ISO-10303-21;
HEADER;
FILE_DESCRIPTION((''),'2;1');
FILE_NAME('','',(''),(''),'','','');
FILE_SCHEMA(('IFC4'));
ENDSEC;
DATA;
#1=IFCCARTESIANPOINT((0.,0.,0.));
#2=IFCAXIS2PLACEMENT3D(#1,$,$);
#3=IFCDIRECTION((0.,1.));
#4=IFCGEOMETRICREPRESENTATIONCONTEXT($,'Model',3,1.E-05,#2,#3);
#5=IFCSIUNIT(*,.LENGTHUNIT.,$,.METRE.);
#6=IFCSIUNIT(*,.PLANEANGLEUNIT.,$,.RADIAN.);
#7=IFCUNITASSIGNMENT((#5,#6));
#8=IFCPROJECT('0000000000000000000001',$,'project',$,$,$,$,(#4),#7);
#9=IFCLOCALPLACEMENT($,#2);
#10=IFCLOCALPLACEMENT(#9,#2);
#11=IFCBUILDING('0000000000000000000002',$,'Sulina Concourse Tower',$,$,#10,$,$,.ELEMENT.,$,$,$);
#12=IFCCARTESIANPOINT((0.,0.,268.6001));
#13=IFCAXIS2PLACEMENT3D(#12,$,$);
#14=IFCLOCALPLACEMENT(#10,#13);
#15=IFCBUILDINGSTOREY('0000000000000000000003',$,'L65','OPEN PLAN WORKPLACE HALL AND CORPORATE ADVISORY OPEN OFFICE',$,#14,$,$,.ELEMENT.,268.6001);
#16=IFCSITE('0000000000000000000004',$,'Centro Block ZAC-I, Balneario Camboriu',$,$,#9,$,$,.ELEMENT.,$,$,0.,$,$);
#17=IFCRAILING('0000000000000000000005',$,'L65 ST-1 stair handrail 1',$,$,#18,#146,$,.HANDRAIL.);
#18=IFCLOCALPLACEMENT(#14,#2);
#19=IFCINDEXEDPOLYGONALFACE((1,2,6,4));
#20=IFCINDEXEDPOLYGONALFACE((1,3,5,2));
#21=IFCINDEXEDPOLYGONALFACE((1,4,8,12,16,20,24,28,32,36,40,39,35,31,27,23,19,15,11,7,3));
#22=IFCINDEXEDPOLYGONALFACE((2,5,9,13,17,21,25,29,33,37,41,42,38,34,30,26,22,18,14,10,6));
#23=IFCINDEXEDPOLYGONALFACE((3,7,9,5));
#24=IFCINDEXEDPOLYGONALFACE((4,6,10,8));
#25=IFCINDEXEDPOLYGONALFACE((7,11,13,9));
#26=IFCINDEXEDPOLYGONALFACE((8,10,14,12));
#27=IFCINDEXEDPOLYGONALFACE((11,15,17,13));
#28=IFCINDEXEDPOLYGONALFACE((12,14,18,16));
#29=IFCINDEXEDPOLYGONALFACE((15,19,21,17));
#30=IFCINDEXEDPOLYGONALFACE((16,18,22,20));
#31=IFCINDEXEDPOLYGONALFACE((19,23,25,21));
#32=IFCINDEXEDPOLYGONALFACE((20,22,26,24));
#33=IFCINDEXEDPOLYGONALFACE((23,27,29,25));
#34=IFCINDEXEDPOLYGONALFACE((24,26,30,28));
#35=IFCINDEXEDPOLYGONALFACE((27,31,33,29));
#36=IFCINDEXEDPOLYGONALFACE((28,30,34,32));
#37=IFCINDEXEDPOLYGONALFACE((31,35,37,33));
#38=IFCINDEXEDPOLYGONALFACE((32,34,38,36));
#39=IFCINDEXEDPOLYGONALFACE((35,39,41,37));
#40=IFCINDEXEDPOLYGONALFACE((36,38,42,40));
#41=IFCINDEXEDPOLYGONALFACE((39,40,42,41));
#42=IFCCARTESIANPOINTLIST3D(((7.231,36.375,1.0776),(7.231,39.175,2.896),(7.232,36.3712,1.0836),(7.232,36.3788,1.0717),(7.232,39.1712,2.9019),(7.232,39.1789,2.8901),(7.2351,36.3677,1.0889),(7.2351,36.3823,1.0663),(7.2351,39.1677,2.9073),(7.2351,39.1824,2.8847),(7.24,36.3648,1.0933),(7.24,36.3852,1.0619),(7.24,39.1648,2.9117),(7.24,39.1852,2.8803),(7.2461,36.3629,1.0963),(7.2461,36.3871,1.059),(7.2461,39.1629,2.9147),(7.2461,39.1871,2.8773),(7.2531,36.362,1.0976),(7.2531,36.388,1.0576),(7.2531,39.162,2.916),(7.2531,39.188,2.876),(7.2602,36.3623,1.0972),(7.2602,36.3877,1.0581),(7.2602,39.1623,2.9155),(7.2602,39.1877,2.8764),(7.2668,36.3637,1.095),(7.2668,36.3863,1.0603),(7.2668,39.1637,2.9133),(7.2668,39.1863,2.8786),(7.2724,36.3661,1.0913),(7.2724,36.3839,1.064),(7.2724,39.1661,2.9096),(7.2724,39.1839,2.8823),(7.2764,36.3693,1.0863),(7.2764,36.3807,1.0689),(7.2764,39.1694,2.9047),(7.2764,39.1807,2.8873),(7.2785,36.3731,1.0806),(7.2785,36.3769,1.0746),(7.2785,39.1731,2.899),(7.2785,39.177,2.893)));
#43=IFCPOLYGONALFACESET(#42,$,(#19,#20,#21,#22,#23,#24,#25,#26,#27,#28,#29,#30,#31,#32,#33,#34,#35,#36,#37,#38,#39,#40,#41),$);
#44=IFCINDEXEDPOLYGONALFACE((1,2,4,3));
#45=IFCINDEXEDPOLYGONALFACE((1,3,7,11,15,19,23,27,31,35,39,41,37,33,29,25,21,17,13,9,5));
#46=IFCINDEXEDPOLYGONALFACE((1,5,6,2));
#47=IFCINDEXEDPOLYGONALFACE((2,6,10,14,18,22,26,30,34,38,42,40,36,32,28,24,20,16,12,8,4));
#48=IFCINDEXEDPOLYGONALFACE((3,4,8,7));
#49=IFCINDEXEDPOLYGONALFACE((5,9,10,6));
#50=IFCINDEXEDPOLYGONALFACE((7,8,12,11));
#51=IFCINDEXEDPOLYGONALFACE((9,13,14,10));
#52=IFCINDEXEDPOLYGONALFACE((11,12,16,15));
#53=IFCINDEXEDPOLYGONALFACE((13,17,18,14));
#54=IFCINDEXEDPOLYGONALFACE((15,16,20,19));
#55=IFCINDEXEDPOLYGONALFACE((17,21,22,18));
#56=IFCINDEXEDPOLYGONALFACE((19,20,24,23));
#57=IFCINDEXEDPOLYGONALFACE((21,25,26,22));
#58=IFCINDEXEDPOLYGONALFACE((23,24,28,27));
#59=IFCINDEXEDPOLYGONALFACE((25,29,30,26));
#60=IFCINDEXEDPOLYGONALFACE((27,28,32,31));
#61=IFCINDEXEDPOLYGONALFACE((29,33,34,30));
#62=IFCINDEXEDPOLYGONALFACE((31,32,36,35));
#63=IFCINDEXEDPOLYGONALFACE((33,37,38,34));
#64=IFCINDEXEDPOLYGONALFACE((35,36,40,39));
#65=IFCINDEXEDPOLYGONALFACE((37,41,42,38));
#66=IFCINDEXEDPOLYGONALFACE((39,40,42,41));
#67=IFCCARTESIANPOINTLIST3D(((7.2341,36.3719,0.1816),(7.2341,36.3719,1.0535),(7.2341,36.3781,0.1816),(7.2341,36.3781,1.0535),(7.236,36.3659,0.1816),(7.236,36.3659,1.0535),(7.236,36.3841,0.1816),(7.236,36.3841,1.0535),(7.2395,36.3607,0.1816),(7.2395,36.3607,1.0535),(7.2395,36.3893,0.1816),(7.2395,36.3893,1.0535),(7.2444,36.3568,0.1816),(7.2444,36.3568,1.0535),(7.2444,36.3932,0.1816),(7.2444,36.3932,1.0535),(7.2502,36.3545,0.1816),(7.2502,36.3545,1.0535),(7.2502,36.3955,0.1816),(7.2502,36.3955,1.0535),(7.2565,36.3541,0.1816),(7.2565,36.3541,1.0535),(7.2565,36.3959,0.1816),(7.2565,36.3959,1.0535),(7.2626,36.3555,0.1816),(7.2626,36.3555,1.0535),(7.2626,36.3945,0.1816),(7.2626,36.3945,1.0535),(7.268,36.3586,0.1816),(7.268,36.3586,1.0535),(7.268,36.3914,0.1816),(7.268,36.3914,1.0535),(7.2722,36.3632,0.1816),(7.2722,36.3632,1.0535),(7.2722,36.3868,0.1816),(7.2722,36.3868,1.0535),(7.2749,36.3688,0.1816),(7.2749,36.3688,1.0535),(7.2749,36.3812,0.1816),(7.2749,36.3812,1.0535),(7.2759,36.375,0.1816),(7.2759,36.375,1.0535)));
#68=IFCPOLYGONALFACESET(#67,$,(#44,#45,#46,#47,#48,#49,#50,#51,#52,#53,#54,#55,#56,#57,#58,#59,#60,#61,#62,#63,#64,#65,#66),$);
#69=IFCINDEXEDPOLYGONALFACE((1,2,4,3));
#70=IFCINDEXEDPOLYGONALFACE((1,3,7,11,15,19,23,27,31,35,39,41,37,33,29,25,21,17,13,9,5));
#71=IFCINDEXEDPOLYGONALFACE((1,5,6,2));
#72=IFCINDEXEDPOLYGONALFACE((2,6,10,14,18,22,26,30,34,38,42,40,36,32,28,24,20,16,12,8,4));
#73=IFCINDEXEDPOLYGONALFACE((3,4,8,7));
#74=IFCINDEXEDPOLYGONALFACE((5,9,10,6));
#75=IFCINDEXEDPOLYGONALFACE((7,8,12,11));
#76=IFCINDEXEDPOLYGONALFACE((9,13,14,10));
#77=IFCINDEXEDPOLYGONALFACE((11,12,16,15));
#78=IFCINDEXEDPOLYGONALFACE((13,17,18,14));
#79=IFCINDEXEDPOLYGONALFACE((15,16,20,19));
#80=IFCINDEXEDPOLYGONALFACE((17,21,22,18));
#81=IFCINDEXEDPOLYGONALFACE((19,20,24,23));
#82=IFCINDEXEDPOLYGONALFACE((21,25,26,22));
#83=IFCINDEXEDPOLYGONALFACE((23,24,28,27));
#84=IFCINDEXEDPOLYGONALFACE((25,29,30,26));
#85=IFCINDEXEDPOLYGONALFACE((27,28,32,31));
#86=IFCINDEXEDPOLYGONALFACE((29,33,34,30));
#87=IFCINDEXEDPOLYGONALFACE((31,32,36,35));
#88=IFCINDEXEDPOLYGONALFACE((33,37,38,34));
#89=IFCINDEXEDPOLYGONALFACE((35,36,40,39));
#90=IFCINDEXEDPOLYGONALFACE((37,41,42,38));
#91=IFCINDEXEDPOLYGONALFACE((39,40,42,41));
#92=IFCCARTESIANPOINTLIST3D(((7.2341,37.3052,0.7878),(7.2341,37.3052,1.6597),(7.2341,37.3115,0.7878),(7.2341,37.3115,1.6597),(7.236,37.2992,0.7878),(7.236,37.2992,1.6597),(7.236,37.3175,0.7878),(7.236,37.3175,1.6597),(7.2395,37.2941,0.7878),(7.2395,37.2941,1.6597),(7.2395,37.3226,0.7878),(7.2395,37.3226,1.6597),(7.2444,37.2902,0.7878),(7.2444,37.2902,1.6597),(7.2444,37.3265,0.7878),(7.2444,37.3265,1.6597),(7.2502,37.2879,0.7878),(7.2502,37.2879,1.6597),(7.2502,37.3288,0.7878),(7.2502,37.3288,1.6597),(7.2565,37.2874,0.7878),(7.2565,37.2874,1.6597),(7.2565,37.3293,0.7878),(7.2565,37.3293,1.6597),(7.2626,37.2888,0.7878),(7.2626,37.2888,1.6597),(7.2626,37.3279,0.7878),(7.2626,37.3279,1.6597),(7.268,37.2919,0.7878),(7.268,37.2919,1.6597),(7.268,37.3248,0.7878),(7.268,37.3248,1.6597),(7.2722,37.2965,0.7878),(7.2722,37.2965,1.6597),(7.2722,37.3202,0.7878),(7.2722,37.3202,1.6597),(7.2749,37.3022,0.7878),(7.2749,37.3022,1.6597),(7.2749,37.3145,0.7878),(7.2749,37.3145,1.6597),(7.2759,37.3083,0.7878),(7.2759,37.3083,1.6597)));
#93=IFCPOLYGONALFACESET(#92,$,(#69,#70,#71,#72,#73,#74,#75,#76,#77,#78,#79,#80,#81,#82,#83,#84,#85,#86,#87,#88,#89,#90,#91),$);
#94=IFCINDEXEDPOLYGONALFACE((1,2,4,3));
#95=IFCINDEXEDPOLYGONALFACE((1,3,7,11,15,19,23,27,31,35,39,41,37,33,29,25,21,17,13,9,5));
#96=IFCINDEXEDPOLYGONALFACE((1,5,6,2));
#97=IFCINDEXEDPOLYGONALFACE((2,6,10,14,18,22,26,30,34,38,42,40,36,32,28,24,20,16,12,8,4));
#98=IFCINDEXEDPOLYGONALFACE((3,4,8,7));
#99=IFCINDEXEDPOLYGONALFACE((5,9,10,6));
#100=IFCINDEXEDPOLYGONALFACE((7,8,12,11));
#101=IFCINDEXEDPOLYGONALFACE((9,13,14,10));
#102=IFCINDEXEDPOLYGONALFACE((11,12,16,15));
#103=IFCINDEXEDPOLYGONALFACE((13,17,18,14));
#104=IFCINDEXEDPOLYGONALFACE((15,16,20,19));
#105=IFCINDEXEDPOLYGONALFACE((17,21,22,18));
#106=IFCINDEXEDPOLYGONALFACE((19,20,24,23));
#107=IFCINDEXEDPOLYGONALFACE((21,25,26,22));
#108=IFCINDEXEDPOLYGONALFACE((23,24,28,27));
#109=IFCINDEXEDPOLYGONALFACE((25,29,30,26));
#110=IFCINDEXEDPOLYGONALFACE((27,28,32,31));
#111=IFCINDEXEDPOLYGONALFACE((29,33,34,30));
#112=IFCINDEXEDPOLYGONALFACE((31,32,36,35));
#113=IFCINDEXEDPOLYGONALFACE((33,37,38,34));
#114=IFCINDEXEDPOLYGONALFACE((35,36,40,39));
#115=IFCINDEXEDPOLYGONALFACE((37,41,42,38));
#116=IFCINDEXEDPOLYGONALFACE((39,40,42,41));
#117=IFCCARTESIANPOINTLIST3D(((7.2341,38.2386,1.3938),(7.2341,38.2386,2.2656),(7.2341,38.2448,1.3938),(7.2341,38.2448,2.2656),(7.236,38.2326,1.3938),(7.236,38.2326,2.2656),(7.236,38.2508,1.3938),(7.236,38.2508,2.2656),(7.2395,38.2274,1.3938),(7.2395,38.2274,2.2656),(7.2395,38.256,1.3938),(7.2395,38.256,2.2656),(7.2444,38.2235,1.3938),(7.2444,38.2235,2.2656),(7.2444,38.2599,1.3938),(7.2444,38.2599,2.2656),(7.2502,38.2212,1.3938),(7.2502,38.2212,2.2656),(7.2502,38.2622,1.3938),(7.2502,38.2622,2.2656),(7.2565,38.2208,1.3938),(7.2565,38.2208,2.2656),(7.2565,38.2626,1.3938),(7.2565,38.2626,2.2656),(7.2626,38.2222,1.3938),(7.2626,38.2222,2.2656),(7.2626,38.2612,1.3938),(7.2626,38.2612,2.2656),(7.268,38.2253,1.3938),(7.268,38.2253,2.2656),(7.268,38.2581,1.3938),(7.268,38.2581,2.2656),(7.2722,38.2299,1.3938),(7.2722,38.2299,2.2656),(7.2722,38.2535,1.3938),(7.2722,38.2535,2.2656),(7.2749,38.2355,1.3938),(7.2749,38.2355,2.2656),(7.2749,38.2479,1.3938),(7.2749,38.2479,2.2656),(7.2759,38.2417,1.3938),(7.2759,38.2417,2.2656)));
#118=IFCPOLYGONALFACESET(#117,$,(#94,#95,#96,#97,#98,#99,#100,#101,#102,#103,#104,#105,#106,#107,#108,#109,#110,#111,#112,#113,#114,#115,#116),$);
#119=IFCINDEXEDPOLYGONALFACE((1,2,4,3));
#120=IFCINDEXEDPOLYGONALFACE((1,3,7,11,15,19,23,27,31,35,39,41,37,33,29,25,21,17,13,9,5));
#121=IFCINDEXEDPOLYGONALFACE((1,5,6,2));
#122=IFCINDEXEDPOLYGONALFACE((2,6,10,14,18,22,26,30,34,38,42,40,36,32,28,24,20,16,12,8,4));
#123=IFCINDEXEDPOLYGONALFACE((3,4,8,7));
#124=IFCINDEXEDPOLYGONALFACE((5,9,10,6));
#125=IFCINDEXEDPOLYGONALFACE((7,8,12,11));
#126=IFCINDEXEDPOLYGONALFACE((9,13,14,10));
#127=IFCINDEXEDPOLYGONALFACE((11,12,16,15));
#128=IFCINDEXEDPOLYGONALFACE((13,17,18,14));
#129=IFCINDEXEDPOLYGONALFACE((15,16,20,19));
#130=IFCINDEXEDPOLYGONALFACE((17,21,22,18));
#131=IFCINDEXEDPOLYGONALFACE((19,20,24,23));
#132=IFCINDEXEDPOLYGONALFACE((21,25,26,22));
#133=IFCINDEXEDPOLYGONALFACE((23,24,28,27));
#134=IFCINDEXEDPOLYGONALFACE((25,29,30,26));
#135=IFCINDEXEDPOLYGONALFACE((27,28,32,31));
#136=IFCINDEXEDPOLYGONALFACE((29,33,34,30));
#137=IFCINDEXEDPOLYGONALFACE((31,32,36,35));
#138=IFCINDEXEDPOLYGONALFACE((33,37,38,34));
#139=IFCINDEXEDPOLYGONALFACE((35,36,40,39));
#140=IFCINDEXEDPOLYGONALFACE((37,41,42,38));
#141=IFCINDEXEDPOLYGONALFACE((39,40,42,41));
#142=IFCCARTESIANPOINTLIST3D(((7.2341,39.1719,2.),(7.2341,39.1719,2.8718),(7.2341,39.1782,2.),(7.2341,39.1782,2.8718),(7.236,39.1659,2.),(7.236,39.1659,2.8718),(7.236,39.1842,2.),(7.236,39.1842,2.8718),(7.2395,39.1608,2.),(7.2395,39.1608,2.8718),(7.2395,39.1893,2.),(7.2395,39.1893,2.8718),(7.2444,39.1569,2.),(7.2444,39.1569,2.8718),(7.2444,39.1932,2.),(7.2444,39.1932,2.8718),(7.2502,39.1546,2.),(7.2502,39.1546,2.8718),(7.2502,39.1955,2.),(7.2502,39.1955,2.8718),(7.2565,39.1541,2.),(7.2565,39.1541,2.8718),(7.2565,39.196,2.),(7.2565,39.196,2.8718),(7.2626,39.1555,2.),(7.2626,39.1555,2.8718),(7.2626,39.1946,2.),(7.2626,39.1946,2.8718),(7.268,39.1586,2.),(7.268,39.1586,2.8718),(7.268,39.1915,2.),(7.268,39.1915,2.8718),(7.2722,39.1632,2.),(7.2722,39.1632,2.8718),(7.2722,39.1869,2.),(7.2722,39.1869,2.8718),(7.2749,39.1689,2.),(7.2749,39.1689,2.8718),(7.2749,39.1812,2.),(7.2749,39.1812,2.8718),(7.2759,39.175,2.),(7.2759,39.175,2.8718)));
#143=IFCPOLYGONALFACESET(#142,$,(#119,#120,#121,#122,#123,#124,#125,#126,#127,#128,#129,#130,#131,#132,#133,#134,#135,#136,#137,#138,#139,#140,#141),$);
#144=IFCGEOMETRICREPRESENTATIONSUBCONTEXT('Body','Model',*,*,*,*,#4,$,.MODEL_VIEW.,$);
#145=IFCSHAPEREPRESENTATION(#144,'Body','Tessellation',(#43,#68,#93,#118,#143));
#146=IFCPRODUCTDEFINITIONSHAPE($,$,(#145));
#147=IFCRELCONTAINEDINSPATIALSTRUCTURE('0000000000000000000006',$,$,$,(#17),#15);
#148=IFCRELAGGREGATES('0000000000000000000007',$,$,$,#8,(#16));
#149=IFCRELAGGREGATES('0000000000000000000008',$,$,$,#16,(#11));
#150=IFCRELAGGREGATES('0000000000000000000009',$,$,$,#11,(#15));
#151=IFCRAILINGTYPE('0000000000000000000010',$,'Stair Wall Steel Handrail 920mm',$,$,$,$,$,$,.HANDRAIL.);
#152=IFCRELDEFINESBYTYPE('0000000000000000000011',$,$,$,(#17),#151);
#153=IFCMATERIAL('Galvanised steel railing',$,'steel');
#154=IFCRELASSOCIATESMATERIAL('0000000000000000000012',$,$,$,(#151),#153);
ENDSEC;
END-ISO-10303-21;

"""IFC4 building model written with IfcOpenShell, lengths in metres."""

from ifc_helpers import new_model, si_unit, direction, frame, origin, origin_2d, place, context, subcontext, project, spatial, circle, extrude, material, type_object, element, save


model = new_model("IFC4")

# Units and contexts
model_context = context("Model", 3, precision=1e-05, world=origin(), true_north=direction((0.0, 1.0)))
body_context = subcontext(model_context, "Body", "Model", "MODEL_VIEW")
ifc_project = project(units=[si_unit("LENGTHUNIT", "METRE"), si_unit("PLANEANGLEUNIT", "RADIAN")], contexts=[model_context])

# Site, building, storey
site_placement = place(None, origin())
site = spatial("IfcSite", under=ifc_project, at=site_placement, Name="Centro Block ZAC-I, Balneario Camboriu", CompositionType="ELEMENT", RefElevation=0.0)
building_placement = place(site_placement, origin())
building = spatial("IfcBuilding", under=site, at=building_placement, Name="Sulina Concourse Tower", CompositionType="ELEMENT")
storey_placement = place(building_placement, frame((0.0, 0.0, 268.6001)))
storey = spatial("IfcBuildingStorey", under=building, at=storey_placement, Name="L65", Description="OPEN PLAN WORKPLACE HALL AND CORPORATE ADVISORY OPEN OFFICE", CompositionType="ELEMENT", Elevation=268.6001)

# Railing
ifc_material_1 = material(Name="Galvanised steel railing", Category="steel")
railing_type_1 = type_object("IfcRailingType", Name="Stair Wall Steel Handrail 920mm", PredefinedType="HANDRAIL", material=ifc_material_1)
railing_1_placement = place(storey_placement, frame((7.2549, 36.375, 0.1816)))
element("IfcRailing", 1, at=railing_1_placement, inside=storey, type_object=railing_type_1, Name="L65 ST-1 stair handrail 1", PredefinedType="HANDRAIL", context=body_context, shape_type="SweptSolid", body=[
    extrude(circle(Radius=0.0239, at=origin_2d()), frame((0.0, 0.0, 0.896), z_axis=(0.0, 0.838672, 0.544636), x_axis=(-1.0, 0.0, 0.0)), (0.0, 0.0, 1.0), 3.3386),
    extrude(circle(Radius=0.021, at=origin_2d()), origin(), (0.0, 0.0, 1.0), 0.8718),
    extrude(circle(Radius=0.021, at=origin_2d()), frame((0.0, 0.9333, 0.6062)), (0.0, 0.0, 1.0), 0.8718),
    extrude(circle(Radius=0.021, at=origin_2d()), frame((0.0, 1.8667, 1.2122)), (0.0, 0.0, 1.0), 0.8718),
    extrude(circle(Radius=0.021, at=origin_2d()), frame((0.0, 2.8, 1.8184)), (0.0, 0.0, 1.0), 0.8718),
])

save(model, "model.ifc")
